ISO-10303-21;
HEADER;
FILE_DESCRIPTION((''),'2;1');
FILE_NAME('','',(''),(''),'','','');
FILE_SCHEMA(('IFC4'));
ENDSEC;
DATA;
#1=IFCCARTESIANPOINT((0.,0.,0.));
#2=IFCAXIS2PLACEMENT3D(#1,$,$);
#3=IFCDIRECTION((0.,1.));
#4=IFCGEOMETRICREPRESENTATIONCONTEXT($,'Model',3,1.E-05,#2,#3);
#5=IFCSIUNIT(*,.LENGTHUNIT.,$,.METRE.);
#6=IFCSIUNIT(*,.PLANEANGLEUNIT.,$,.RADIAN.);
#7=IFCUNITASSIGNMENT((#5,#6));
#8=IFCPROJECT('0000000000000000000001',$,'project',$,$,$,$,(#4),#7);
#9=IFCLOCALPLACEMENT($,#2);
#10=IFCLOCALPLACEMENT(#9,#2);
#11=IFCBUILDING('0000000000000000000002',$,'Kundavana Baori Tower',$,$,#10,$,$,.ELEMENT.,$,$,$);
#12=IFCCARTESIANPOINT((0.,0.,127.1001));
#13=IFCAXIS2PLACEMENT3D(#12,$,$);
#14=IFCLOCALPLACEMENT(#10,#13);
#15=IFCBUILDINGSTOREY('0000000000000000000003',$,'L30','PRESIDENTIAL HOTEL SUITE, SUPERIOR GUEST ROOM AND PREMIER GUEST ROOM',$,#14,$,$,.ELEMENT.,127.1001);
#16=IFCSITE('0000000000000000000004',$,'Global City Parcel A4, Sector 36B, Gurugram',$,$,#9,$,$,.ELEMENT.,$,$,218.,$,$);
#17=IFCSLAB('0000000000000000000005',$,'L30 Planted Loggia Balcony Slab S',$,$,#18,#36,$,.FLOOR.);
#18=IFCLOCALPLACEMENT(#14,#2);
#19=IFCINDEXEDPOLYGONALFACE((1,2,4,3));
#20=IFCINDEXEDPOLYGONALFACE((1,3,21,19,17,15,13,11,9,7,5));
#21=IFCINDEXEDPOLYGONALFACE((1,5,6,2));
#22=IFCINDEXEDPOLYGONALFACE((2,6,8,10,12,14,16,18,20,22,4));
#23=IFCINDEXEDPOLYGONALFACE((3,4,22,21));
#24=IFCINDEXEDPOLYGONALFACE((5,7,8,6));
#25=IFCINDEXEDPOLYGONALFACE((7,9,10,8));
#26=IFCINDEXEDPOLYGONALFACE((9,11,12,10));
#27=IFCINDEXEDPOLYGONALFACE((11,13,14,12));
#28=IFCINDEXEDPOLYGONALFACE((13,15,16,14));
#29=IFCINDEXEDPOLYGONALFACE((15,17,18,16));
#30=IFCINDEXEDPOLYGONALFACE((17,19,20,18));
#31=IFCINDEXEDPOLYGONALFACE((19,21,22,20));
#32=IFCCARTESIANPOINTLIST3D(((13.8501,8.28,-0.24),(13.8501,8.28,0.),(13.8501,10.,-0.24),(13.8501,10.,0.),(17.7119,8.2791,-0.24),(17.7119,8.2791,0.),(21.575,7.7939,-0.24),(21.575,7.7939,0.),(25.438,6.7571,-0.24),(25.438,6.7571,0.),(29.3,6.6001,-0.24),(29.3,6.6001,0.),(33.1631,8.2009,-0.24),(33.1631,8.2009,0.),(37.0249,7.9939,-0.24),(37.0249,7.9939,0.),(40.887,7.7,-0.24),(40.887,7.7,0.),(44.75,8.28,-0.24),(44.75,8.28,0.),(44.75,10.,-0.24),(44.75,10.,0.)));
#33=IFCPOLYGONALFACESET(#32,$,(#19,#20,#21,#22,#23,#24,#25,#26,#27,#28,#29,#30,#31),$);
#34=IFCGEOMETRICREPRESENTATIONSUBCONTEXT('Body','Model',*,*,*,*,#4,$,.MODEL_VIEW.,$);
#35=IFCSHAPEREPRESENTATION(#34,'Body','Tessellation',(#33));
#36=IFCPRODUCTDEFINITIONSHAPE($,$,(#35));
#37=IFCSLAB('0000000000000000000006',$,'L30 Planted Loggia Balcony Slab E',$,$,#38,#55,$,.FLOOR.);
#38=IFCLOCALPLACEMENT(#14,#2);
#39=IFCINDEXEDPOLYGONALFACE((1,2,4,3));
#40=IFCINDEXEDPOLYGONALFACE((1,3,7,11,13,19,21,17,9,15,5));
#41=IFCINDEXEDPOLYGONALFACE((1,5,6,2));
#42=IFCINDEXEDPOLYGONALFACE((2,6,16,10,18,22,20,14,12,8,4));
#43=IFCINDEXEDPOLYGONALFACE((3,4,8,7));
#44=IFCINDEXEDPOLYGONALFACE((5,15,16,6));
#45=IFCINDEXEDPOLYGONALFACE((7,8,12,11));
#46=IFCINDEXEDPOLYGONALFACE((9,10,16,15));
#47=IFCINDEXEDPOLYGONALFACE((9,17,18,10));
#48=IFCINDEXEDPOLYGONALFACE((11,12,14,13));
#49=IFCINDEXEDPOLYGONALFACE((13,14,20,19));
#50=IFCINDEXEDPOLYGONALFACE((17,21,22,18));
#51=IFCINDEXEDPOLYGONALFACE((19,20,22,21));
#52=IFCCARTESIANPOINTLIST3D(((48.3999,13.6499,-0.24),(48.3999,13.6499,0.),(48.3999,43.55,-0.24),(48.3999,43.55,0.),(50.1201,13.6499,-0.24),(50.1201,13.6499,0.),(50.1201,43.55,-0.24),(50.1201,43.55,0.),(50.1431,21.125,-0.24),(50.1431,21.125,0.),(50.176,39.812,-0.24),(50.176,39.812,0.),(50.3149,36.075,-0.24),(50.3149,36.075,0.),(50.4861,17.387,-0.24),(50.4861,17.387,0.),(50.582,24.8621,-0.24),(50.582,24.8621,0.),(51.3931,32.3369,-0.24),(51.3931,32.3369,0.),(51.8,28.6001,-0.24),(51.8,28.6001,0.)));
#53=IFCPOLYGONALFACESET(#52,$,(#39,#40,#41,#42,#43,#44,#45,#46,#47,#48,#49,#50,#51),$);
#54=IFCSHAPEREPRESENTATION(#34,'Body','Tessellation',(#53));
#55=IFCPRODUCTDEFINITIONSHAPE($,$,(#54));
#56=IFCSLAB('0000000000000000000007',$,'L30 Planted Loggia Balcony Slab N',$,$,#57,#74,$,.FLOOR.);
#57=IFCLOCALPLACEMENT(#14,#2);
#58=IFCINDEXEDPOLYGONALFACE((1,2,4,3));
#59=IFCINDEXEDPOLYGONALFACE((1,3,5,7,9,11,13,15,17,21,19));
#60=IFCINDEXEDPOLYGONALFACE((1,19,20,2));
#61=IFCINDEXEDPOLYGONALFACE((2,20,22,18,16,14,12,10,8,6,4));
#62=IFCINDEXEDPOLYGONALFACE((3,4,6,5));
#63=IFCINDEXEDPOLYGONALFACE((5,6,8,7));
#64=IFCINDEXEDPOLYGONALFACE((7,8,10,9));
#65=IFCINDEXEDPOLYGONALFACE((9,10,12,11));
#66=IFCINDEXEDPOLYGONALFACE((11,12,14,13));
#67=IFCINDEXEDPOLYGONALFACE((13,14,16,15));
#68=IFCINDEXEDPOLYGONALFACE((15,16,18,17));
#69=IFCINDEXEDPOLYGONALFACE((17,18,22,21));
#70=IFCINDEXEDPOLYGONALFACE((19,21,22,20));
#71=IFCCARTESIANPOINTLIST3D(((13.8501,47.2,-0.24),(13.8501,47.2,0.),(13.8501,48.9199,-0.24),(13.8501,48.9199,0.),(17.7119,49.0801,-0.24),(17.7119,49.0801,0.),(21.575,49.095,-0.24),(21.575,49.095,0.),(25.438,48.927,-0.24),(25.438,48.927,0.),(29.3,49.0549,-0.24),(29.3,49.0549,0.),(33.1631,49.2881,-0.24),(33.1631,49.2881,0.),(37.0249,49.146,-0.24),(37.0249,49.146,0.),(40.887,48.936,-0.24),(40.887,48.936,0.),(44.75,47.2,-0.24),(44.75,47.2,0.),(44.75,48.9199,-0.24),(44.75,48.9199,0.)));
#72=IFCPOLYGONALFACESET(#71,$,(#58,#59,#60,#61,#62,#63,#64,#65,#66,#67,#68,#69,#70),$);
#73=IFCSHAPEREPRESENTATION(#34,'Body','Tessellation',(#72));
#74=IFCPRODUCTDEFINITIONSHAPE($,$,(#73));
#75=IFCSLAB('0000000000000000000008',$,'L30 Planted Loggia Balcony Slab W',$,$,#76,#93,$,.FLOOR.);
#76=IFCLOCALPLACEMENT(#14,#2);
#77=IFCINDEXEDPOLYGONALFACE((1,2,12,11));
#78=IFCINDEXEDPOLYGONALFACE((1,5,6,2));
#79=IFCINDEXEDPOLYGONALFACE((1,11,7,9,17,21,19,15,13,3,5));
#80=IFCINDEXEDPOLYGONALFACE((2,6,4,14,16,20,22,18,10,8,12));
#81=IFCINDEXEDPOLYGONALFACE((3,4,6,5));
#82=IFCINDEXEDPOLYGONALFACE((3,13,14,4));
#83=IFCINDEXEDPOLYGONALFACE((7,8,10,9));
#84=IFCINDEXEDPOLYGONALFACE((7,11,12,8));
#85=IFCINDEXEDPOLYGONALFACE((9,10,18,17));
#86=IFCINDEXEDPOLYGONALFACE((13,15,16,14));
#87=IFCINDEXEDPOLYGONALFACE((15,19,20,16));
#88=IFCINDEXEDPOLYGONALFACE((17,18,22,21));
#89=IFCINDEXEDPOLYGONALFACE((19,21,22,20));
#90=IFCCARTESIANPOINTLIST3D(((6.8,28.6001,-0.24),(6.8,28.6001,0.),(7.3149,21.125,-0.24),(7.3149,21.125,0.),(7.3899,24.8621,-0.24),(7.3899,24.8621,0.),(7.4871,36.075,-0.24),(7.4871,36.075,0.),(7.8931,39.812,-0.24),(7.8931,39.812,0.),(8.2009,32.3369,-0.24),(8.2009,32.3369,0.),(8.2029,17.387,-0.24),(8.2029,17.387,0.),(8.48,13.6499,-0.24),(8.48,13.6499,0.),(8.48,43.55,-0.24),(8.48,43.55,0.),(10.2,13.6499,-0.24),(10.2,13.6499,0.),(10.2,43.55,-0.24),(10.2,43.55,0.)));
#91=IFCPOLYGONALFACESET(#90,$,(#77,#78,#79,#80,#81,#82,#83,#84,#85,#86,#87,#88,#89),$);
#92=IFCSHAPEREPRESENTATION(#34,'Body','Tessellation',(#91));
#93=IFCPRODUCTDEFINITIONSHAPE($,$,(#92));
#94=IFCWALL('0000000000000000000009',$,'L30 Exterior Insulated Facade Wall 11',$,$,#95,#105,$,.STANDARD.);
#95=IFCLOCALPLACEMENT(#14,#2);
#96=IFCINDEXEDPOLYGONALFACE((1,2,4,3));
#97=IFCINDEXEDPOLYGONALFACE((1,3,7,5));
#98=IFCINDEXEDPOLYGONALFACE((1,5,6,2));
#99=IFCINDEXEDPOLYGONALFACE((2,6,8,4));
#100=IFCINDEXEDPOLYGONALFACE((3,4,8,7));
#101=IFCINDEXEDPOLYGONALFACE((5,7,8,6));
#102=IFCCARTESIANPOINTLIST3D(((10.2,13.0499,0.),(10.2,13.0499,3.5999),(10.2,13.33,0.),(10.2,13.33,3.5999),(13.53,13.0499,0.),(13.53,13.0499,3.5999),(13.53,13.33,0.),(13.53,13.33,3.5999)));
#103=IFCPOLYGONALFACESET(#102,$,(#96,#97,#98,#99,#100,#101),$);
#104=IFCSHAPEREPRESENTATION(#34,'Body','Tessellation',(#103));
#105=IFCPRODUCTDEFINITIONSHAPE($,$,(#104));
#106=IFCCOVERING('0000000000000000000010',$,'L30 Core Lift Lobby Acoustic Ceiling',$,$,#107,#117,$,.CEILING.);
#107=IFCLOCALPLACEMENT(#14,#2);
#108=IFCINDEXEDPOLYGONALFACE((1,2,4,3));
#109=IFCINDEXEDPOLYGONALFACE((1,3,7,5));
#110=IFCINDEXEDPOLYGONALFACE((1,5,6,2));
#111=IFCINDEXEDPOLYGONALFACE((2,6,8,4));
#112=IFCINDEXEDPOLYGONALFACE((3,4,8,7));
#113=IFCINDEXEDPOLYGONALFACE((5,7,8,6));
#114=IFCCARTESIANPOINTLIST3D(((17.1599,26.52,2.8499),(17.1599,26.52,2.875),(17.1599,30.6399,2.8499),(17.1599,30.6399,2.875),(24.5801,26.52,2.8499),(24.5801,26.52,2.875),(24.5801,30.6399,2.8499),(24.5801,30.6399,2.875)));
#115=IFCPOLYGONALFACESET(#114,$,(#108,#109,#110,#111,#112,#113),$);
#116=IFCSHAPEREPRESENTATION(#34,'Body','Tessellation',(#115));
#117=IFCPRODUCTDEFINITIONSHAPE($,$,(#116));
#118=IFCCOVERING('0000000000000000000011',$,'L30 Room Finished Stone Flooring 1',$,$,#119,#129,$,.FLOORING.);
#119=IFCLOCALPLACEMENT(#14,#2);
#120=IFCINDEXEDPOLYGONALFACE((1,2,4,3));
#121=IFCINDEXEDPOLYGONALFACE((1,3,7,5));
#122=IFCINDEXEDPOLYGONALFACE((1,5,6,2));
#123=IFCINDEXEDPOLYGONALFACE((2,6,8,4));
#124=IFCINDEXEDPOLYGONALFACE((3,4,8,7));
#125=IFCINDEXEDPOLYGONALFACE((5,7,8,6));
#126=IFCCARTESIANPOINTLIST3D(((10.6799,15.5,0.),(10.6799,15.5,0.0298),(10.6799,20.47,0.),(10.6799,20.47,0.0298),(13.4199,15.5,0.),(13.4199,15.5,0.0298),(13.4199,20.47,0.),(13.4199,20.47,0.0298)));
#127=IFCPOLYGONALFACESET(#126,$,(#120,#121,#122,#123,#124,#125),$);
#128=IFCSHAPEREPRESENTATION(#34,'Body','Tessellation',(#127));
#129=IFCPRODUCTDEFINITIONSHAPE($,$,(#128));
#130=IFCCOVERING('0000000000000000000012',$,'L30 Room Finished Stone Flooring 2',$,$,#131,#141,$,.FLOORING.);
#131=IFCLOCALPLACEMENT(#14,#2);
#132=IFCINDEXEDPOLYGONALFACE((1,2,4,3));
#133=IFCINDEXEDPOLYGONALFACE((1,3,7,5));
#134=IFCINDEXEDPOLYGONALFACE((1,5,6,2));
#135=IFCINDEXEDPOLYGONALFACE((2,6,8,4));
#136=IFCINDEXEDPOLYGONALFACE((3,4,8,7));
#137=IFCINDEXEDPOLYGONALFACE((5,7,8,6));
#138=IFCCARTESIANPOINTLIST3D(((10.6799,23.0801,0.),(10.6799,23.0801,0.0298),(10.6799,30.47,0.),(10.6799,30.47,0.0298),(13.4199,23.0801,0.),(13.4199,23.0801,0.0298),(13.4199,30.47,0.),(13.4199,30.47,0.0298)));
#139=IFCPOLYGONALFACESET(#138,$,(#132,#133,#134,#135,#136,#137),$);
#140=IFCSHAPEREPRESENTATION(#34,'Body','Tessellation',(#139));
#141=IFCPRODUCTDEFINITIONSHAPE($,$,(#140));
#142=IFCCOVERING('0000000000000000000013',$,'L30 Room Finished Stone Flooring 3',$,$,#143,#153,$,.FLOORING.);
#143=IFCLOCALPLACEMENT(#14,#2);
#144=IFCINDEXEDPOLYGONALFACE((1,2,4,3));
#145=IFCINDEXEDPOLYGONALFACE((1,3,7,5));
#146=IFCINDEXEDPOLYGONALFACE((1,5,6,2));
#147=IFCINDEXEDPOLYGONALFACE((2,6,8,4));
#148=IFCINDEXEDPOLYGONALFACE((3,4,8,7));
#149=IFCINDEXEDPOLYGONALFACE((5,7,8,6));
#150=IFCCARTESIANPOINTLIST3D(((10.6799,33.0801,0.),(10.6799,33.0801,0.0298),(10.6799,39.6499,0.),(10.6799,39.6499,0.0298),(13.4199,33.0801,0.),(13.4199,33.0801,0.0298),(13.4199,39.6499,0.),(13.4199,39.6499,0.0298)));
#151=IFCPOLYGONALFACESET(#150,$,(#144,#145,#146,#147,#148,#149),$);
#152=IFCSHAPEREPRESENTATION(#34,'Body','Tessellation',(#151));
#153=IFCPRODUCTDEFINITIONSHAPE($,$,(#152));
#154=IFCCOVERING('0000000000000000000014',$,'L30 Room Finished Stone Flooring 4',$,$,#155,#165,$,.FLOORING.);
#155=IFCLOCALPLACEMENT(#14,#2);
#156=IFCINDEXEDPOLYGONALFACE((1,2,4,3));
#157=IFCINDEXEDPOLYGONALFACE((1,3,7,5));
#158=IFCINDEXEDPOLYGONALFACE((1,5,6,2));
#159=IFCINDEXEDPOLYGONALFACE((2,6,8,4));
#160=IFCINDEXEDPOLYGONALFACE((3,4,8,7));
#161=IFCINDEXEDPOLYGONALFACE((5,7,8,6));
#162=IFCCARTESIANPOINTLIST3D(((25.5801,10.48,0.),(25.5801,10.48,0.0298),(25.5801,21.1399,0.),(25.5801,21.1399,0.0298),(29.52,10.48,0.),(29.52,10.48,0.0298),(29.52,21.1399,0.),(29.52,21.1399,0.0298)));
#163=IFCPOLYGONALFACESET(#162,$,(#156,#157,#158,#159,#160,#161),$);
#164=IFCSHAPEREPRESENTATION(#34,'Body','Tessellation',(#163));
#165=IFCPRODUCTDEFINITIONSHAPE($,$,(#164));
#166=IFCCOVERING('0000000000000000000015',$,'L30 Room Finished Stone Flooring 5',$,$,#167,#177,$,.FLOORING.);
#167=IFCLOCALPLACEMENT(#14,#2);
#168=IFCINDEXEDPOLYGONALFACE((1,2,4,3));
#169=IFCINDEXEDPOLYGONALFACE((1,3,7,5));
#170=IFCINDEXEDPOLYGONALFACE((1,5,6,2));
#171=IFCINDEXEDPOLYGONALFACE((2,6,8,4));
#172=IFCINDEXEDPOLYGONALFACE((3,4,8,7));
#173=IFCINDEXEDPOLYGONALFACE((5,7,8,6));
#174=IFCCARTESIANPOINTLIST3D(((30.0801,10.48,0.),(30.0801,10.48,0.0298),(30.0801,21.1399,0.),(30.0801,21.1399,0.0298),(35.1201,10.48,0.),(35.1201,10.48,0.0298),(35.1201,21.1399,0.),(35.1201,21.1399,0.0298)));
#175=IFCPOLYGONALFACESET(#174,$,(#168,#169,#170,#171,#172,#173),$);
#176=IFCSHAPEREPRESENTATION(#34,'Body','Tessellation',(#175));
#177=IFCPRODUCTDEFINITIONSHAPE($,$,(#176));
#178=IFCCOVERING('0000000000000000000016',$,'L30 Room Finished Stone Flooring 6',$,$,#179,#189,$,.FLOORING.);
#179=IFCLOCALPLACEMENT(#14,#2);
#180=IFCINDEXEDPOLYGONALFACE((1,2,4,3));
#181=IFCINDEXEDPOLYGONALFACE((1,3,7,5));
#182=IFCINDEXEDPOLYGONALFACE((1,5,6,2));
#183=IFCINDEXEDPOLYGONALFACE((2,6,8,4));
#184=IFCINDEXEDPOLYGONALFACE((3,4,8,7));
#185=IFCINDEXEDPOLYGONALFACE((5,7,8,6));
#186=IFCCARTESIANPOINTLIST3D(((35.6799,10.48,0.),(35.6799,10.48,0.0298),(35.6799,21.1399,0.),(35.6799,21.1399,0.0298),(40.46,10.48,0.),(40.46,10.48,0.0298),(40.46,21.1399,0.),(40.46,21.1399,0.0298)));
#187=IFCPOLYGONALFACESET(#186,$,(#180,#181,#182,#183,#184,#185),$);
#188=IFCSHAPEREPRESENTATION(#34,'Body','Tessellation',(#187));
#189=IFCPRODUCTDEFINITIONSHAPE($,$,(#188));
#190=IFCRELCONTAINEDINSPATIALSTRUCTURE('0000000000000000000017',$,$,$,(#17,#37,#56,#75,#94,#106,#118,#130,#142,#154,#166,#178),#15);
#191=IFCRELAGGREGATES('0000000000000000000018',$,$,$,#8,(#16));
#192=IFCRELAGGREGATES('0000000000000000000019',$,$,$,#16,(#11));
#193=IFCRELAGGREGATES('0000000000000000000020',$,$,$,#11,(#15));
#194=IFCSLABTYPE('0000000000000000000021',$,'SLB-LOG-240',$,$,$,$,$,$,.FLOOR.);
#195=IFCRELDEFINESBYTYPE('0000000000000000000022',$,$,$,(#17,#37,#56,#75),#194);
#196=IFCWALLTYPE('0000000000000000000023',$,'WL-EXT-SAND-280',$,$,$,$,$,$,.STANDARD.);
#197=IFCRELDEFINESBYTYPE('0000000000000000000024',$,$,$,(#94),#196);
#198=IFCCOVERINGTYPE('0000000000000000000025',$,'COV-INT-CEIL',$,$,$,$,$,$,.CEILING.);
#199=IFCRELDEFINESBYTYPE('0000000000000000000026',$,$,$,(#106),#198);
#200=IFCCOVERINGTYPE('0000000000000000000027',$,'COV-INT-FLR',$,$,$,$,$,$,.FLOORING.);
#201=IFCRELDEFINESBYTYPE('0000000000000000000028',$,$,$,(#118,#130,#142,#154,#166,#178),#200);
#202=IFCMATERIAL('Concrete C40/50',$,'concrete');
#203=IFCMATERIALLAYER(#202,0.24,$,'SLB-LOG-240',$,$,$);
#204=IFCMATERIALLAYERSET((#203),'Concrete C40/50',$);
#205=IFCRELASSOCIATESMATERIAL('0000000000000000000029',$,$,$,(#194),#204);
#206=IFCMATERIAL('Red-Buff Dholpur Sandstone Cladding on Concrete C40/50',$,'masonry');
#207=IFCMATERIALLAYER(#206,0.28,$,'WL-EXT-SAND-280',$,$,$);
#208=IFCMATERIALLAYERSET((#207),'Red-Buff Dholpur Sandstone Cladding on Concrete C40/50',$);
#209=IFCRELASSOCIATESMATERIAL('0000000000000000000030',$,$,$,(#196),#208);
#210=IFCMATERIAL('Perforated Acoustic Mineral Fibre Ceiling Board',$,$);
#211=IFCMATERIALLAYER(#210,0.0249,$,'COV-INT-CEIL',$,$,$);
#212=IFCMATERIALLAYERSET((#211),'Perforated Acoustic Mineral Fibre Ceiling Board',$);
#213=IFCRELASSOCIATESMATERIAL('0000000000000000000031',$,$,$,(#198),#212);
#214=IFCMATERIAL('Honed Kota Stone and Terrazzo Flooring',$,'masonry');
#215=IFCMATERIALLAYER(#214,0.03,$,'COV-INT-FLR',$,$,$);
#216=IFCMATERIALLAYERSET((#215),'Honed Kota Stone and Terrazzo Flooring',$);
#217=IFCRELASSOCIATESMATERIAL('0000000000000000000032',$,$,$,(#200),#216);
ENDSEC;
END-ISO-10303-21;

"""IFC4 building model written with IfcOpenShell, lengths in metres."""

from ifc_helpers import new_model, si_unit, direction, frame, frame_2d, origin, place, context, subcontext, project, spatial, polyline, rectangle, outline, extrude, material, layer, layer_set, type_object, element, save


model = new_model("IFC4")

# Units and contexts
model_context = context("Model", 3, precision=1e-05, world=origin(), true_north=direction((0.0, 1.0)))
body_context = subcontext(model_context, "Body", "Model", "MODEL_VIEW")
ifc_project = project(units=[si_unit("LENGTHUNIT", "METRE"), si_unit("PLANEANGLEUNIT", "RADIAN")], contexts=[model_context])

# Site, building, storey
site_placement = place(None, origin())
site = spatial("IfcSite", under=ifc_project, at=site_placement, Name="Global City Parcel A4, Sector 36B, Gurugram", CompositionType="ELEMENT", RefElevation=218.0)
building_placement = place(site_placement, origin())
building = spatial("IfcBuilding", under=site, at=building_placement, Name="Kundavana Baori Tower", CompositionType="ELEMENT")
storey_placement = place(building_placement, frame((0.0, 0.0, 127.1001)))
storey = spatial("IfcBuildingStorey", under=building, at=storey_placement, Name="L30", Description="PRESIDENTIAL HOTEL SUITE, SUPERIOR GUEST ROOM AND PREMIER GUEST ROOM", CompositionType="ELEMENT", Elevation=127.1001)

# Slabs
ifc_material_1 = material(Name="Concrete C40/50", Category="concrete")
ifc_layer_1 = layer(ifc_material_1, 0.24, Name="SLB-LOG-240")
ifc_layer_set_1 = layer_set([ifc_layer_1], Name="Concrete C40/50")
slab_type_1 = type_object("IfcSlabType", Name="SLB-LOG-240", PredefinedType="FLOOR", material=ifc_layer_set_1)
slab_1_placement = place(storey_placement, frame((0.0, 0.0, -0.24)))
element("IfcSlab", 1, at=slab_1_placement, inside=storey, type_object=slab_type_1, Name="L30 Planted Loggia Balcony Slab S", PredefinedType="FLOOR", context=body_context, shape_type="SweptSolid", body=[
    extrude(outline(polyline([(13.8501, 10.0), (44.75, 10.0), (44.75, 8.28), (40.887, 7.7), (37.0249, 7.9939), (33.1631, 8.2009), (29.3, 6.6001), (25.438, 6.7571), (21.575, 7.7939), (17.7119, 8.2791), (13.8501, 8.28), (13.8501, 10.0)])), origin(), (0.0, 0.0, 1.0), 0.24),
])
slab_2_placement = place(storey_placement, frame((0.0, 0.0, -0.24)))
element("IfcSlab", 2, at=slab_2_placement, inside=storey, type_object=slab_type_1, Name="L30 Planted Loggia Balcony Slab E", PredefinedType="FLOOR", context=body_context, shape_type="SweptSolid", body=[
    extrude(outline(polyline([(48.3999, 13.6499), (48.3999, 43.55), (50.1201, 43.55), (50.176, 39.812), (50.3149, 36.075), (51.3931, 32.3369), (51.8, 28.6001), (50.582, 24.8621), (50.1431, 21.125), (50.4861, 17.387), (50.1201, 13.6499), (48.3999, 13.6499)])), origin(), (0.0, 0.0, 1.0), 0.24),
])
slab_3_placement = place(storey_placement, frame((0.0, 0.0, -0.24)))
element("IfcSlab", 3, at=slab_3_placement, inside=storey, type_object=slab_type_1, Name="L30 Planted Loggia Balcony Slab N", PredefinedType="FLOOR", context=body_context, shape_type="SweptSolid", body=[
    extrude(outline(polyline([(44.75, 47.2), (13.8501, 47.2), (13.8501, 48.9199), (17.7119, 49.0801), (21.575, 49.095), (25.438, 48.927), (29.3, 49.0549), (33.1631, 49.2881), (37.0249, 49.146), (40.887, 48.936), (44.75, 48.9199), (44.75, 47.2)])), origin(), (0.0, 0.0, 1.0), 0.24),
])
slab_4_placement = place(storey_placement, frame((0.0, 0.0, -0.24)))
element("IfcSlab", 4, at=slab_4_placement, inside=storey, type_object=slab_type_1, Name="L30 Planted Loggia Balcony Slab W", PredefinedType="FLOOR", context=body_context, shape_type="SweptSolid", body=[
    extrude(outline(polyline([(10.2, 43.55), (10.2, 13.6499), (8.48, 13.6499), (8.2029, 17.387), (7.3149, 21.125), (7.3899, 24.8621), (6.8, 28.6001), (8.2009, 32.3369), (7.4871, 36.075), (7.8931, 39.812), (8.48, 43.55), (10.2, 43.55)])), origin(), (0.0, 0.0, 1.0), 0.24),
])

# Wall
ifc_material_2 = material(Name="Red-Buff Dholpur Sandstone Cladding on Concrete C40/50", Category="masonry")
ifc_layer_2 = layer(ifc_material_2, 0.28, Name="WL-EXT-SAND-280")
ifc_layer_set_2 = layer_set([ifc_layer_2], Name="Red-Buff Dholpur Sandstone Cladding on Concrete C40/50")
wall_type = type_object("IfcWallType", Name="WL-EXT-SAND-280", PredefinedType="STANDARD", material=ifc_layer_set_2)
wall_placement = place(storey_placement, frame((10.2, 13.1899, 0.0), z_axis=(0.0, 0.0, 1.0), x_axis=(1.0, 0.0, 0.0)))
element("IfcWall", 5, at=wall_placement, inside=storey, type_object=wall_type, Name="L30 Exterior Insulated Facade Wall 11", PredefinedType="STANDARD", context=body_context, shape_type="SweptSolid", body=[
    extrude(rectangle(XDim=3.3301, YDim=0.28, at=frame_2d((1.665, 0.0))), origin(), (0.0, 0.0, 1.0), 3.5999),
])

# Coverings
ifc_material_3 = material(Name="Perforated Acoustic Mineral Fibre Ceiling Board")
ifc_layer_3 = layer(ifc_material_3, 0.0249, Name="COV-INT-CEIL")
ifc_layer_set_3 = layer_set([ifc_layer_3], Name="Perforated Acoustic Mineral Fibre Ceiling Board")
covering_type_1 = type_object("IfcCoveringType", Name="COV-INT-CEIL", PredefinedType="CEILING", material=ifc_layer_set_3)
covering_1_placement = place(storey_placement, frame((0.0, 0.0, 2.8499)))
element("IfcCovering", 6, at=covering_1_placement, inside=storey, type_object=covering_type_1, Name="L30 Core Lift Lobby Acoustic Ceiling", PredefinedType="CEILING", context=body_context, shape_type="SweptSolid", body=[
    extrude(outline(polyline([(17.1599, 26.52), (24.5801, 26.52), (24.5801, 30.6399), (17.1599, 30.6399), (17.1599, 26.52)])), origin(), (0.0, 0.0, 1.0), 0.0251),
])
ifc_material_4 = material(Name="Honed Kota Stone and Terrazzo Flooring", Category="masonry")
ifc_layer_4 = layer(ifc_material_4, 0.03, Name="COV-INT-FLR")
ifc_layer_set_4 = layer_set([ifc_layer_4], Name="Honed Kota Stone and Terrazzo Flooring")
covering_type_2 = type_object("IfcCoveringType", Name="COV-INT-FLR", PredefinedType="FLOORING", material=ifc_layer_set_4)
covering_2_placement = place(storey_placement, origin())
element("IfcCovering", 7, at=covering_2_placement, inside=storey, type_object=covering_type_2, Name="L30 Room Finished Stone Flooring 1", PredefinedType="FLOORING", context=body_context, shape_type="SweptSolid", body=[
    extrude(outline(polyline([(10.6799, 15.5), (13.4199, 15.5), (13.4199, 20.47), (10.6799, 20.47), (10.6799, 15.5)])), origin(), (0.0, 0.0, 1.0), 0.0298),
])
covering_3_placement = place(storey_placement, origin())
element("IfcCovering", 8, at=covering_3_placement, inside=storey, type_object=covering_type_2, Name="L30 Room Finished Stone Flooring 2", PredefinedType="FLOORING", context=body_context, shape_type="SweptSolid", body=[
    extrude(outline(polyline([(10.6799, 23.0801), (13.4199, 23.0801), (13.4199, 30.47), (10.6799, 30.47), (10.6799, 23.0801)])), origin(), (0.0, 0.0, 1.0), 0.0298),
])
covering_4_placement = place(storey_placement, origin())
element("IfcCovering", 9, at=covering_4_placement, inside=storey, type_object=covering_type_2, Name="L30 Room Finished Stone Flooring 3", PredefinedType="FLOORING", context=body_context, shape_type="SweptSolid", body=[
    extrude(outline(polyline([(10.6799, 33.0801), (13.4199, 33.0801), (13.4199, 39.6499), (10.6799, 39.6499), (10.6799, 33.0801)])), origin(), (0.0, 0.0, 1.0), 0.0298),
])
covering_5_placement = place(storey_placement, origin())
element("IfcCovering", 10, at=covering_5_placement, inside=storey, type_object=covering_type_2, Name="L30 Room Finished Stone Flooring 4", PredefinedType="FLOORING", context=body_context, shape_type="SweptSolid", body=[
    extrude(outline(polyline([(25.5801, 10.48), (29.52, 10.48), (29.52, 21.1399), (25.5801, 21.1399), (25.5801, 10.48)])), origin(), (0.0, 0.0, 1.0), 0.0298),
])
covering_6_placement = place(storey_placement, origin())
element("IfcCovering", 11, at=covering_6_placement, inside=storey, type_object=covering_type_2, Name="L30 Room Finished Stone Flooring 5", PredefinedType="FLOORING", context=body_context, shape_type="SweptSolid", body=[
    extrude(outline(polyline([(30.0801, 10.48), (35.1201, 10.48), (35.1201, 21.1399), (30.0801, 21.1399), (30.0801, 10.48)])), origin(), (0.0, 0.0, 1.0), 0.0298),
])
covering_7_placement = place(storey_placement, origin())
element("IfcCovering", 12, at=covering_7_placement, inside=storey, type_object=covering_type_2, Name="L30 Room Finished Stone Flooring 6", PredefinedType="FLOORING", context=body_context, shape_type="SweptSolid", body=[
    extrude(outline(polyline([(35.6799, 10.48), (40.46, 10.48), (40.46, 21.1399), (35.6799, 21.1399), (35.6799, 10.48)])), origin(), (0.0, 0.0, 1.0), 0.0298),
])

save(model, "model.ifc")
